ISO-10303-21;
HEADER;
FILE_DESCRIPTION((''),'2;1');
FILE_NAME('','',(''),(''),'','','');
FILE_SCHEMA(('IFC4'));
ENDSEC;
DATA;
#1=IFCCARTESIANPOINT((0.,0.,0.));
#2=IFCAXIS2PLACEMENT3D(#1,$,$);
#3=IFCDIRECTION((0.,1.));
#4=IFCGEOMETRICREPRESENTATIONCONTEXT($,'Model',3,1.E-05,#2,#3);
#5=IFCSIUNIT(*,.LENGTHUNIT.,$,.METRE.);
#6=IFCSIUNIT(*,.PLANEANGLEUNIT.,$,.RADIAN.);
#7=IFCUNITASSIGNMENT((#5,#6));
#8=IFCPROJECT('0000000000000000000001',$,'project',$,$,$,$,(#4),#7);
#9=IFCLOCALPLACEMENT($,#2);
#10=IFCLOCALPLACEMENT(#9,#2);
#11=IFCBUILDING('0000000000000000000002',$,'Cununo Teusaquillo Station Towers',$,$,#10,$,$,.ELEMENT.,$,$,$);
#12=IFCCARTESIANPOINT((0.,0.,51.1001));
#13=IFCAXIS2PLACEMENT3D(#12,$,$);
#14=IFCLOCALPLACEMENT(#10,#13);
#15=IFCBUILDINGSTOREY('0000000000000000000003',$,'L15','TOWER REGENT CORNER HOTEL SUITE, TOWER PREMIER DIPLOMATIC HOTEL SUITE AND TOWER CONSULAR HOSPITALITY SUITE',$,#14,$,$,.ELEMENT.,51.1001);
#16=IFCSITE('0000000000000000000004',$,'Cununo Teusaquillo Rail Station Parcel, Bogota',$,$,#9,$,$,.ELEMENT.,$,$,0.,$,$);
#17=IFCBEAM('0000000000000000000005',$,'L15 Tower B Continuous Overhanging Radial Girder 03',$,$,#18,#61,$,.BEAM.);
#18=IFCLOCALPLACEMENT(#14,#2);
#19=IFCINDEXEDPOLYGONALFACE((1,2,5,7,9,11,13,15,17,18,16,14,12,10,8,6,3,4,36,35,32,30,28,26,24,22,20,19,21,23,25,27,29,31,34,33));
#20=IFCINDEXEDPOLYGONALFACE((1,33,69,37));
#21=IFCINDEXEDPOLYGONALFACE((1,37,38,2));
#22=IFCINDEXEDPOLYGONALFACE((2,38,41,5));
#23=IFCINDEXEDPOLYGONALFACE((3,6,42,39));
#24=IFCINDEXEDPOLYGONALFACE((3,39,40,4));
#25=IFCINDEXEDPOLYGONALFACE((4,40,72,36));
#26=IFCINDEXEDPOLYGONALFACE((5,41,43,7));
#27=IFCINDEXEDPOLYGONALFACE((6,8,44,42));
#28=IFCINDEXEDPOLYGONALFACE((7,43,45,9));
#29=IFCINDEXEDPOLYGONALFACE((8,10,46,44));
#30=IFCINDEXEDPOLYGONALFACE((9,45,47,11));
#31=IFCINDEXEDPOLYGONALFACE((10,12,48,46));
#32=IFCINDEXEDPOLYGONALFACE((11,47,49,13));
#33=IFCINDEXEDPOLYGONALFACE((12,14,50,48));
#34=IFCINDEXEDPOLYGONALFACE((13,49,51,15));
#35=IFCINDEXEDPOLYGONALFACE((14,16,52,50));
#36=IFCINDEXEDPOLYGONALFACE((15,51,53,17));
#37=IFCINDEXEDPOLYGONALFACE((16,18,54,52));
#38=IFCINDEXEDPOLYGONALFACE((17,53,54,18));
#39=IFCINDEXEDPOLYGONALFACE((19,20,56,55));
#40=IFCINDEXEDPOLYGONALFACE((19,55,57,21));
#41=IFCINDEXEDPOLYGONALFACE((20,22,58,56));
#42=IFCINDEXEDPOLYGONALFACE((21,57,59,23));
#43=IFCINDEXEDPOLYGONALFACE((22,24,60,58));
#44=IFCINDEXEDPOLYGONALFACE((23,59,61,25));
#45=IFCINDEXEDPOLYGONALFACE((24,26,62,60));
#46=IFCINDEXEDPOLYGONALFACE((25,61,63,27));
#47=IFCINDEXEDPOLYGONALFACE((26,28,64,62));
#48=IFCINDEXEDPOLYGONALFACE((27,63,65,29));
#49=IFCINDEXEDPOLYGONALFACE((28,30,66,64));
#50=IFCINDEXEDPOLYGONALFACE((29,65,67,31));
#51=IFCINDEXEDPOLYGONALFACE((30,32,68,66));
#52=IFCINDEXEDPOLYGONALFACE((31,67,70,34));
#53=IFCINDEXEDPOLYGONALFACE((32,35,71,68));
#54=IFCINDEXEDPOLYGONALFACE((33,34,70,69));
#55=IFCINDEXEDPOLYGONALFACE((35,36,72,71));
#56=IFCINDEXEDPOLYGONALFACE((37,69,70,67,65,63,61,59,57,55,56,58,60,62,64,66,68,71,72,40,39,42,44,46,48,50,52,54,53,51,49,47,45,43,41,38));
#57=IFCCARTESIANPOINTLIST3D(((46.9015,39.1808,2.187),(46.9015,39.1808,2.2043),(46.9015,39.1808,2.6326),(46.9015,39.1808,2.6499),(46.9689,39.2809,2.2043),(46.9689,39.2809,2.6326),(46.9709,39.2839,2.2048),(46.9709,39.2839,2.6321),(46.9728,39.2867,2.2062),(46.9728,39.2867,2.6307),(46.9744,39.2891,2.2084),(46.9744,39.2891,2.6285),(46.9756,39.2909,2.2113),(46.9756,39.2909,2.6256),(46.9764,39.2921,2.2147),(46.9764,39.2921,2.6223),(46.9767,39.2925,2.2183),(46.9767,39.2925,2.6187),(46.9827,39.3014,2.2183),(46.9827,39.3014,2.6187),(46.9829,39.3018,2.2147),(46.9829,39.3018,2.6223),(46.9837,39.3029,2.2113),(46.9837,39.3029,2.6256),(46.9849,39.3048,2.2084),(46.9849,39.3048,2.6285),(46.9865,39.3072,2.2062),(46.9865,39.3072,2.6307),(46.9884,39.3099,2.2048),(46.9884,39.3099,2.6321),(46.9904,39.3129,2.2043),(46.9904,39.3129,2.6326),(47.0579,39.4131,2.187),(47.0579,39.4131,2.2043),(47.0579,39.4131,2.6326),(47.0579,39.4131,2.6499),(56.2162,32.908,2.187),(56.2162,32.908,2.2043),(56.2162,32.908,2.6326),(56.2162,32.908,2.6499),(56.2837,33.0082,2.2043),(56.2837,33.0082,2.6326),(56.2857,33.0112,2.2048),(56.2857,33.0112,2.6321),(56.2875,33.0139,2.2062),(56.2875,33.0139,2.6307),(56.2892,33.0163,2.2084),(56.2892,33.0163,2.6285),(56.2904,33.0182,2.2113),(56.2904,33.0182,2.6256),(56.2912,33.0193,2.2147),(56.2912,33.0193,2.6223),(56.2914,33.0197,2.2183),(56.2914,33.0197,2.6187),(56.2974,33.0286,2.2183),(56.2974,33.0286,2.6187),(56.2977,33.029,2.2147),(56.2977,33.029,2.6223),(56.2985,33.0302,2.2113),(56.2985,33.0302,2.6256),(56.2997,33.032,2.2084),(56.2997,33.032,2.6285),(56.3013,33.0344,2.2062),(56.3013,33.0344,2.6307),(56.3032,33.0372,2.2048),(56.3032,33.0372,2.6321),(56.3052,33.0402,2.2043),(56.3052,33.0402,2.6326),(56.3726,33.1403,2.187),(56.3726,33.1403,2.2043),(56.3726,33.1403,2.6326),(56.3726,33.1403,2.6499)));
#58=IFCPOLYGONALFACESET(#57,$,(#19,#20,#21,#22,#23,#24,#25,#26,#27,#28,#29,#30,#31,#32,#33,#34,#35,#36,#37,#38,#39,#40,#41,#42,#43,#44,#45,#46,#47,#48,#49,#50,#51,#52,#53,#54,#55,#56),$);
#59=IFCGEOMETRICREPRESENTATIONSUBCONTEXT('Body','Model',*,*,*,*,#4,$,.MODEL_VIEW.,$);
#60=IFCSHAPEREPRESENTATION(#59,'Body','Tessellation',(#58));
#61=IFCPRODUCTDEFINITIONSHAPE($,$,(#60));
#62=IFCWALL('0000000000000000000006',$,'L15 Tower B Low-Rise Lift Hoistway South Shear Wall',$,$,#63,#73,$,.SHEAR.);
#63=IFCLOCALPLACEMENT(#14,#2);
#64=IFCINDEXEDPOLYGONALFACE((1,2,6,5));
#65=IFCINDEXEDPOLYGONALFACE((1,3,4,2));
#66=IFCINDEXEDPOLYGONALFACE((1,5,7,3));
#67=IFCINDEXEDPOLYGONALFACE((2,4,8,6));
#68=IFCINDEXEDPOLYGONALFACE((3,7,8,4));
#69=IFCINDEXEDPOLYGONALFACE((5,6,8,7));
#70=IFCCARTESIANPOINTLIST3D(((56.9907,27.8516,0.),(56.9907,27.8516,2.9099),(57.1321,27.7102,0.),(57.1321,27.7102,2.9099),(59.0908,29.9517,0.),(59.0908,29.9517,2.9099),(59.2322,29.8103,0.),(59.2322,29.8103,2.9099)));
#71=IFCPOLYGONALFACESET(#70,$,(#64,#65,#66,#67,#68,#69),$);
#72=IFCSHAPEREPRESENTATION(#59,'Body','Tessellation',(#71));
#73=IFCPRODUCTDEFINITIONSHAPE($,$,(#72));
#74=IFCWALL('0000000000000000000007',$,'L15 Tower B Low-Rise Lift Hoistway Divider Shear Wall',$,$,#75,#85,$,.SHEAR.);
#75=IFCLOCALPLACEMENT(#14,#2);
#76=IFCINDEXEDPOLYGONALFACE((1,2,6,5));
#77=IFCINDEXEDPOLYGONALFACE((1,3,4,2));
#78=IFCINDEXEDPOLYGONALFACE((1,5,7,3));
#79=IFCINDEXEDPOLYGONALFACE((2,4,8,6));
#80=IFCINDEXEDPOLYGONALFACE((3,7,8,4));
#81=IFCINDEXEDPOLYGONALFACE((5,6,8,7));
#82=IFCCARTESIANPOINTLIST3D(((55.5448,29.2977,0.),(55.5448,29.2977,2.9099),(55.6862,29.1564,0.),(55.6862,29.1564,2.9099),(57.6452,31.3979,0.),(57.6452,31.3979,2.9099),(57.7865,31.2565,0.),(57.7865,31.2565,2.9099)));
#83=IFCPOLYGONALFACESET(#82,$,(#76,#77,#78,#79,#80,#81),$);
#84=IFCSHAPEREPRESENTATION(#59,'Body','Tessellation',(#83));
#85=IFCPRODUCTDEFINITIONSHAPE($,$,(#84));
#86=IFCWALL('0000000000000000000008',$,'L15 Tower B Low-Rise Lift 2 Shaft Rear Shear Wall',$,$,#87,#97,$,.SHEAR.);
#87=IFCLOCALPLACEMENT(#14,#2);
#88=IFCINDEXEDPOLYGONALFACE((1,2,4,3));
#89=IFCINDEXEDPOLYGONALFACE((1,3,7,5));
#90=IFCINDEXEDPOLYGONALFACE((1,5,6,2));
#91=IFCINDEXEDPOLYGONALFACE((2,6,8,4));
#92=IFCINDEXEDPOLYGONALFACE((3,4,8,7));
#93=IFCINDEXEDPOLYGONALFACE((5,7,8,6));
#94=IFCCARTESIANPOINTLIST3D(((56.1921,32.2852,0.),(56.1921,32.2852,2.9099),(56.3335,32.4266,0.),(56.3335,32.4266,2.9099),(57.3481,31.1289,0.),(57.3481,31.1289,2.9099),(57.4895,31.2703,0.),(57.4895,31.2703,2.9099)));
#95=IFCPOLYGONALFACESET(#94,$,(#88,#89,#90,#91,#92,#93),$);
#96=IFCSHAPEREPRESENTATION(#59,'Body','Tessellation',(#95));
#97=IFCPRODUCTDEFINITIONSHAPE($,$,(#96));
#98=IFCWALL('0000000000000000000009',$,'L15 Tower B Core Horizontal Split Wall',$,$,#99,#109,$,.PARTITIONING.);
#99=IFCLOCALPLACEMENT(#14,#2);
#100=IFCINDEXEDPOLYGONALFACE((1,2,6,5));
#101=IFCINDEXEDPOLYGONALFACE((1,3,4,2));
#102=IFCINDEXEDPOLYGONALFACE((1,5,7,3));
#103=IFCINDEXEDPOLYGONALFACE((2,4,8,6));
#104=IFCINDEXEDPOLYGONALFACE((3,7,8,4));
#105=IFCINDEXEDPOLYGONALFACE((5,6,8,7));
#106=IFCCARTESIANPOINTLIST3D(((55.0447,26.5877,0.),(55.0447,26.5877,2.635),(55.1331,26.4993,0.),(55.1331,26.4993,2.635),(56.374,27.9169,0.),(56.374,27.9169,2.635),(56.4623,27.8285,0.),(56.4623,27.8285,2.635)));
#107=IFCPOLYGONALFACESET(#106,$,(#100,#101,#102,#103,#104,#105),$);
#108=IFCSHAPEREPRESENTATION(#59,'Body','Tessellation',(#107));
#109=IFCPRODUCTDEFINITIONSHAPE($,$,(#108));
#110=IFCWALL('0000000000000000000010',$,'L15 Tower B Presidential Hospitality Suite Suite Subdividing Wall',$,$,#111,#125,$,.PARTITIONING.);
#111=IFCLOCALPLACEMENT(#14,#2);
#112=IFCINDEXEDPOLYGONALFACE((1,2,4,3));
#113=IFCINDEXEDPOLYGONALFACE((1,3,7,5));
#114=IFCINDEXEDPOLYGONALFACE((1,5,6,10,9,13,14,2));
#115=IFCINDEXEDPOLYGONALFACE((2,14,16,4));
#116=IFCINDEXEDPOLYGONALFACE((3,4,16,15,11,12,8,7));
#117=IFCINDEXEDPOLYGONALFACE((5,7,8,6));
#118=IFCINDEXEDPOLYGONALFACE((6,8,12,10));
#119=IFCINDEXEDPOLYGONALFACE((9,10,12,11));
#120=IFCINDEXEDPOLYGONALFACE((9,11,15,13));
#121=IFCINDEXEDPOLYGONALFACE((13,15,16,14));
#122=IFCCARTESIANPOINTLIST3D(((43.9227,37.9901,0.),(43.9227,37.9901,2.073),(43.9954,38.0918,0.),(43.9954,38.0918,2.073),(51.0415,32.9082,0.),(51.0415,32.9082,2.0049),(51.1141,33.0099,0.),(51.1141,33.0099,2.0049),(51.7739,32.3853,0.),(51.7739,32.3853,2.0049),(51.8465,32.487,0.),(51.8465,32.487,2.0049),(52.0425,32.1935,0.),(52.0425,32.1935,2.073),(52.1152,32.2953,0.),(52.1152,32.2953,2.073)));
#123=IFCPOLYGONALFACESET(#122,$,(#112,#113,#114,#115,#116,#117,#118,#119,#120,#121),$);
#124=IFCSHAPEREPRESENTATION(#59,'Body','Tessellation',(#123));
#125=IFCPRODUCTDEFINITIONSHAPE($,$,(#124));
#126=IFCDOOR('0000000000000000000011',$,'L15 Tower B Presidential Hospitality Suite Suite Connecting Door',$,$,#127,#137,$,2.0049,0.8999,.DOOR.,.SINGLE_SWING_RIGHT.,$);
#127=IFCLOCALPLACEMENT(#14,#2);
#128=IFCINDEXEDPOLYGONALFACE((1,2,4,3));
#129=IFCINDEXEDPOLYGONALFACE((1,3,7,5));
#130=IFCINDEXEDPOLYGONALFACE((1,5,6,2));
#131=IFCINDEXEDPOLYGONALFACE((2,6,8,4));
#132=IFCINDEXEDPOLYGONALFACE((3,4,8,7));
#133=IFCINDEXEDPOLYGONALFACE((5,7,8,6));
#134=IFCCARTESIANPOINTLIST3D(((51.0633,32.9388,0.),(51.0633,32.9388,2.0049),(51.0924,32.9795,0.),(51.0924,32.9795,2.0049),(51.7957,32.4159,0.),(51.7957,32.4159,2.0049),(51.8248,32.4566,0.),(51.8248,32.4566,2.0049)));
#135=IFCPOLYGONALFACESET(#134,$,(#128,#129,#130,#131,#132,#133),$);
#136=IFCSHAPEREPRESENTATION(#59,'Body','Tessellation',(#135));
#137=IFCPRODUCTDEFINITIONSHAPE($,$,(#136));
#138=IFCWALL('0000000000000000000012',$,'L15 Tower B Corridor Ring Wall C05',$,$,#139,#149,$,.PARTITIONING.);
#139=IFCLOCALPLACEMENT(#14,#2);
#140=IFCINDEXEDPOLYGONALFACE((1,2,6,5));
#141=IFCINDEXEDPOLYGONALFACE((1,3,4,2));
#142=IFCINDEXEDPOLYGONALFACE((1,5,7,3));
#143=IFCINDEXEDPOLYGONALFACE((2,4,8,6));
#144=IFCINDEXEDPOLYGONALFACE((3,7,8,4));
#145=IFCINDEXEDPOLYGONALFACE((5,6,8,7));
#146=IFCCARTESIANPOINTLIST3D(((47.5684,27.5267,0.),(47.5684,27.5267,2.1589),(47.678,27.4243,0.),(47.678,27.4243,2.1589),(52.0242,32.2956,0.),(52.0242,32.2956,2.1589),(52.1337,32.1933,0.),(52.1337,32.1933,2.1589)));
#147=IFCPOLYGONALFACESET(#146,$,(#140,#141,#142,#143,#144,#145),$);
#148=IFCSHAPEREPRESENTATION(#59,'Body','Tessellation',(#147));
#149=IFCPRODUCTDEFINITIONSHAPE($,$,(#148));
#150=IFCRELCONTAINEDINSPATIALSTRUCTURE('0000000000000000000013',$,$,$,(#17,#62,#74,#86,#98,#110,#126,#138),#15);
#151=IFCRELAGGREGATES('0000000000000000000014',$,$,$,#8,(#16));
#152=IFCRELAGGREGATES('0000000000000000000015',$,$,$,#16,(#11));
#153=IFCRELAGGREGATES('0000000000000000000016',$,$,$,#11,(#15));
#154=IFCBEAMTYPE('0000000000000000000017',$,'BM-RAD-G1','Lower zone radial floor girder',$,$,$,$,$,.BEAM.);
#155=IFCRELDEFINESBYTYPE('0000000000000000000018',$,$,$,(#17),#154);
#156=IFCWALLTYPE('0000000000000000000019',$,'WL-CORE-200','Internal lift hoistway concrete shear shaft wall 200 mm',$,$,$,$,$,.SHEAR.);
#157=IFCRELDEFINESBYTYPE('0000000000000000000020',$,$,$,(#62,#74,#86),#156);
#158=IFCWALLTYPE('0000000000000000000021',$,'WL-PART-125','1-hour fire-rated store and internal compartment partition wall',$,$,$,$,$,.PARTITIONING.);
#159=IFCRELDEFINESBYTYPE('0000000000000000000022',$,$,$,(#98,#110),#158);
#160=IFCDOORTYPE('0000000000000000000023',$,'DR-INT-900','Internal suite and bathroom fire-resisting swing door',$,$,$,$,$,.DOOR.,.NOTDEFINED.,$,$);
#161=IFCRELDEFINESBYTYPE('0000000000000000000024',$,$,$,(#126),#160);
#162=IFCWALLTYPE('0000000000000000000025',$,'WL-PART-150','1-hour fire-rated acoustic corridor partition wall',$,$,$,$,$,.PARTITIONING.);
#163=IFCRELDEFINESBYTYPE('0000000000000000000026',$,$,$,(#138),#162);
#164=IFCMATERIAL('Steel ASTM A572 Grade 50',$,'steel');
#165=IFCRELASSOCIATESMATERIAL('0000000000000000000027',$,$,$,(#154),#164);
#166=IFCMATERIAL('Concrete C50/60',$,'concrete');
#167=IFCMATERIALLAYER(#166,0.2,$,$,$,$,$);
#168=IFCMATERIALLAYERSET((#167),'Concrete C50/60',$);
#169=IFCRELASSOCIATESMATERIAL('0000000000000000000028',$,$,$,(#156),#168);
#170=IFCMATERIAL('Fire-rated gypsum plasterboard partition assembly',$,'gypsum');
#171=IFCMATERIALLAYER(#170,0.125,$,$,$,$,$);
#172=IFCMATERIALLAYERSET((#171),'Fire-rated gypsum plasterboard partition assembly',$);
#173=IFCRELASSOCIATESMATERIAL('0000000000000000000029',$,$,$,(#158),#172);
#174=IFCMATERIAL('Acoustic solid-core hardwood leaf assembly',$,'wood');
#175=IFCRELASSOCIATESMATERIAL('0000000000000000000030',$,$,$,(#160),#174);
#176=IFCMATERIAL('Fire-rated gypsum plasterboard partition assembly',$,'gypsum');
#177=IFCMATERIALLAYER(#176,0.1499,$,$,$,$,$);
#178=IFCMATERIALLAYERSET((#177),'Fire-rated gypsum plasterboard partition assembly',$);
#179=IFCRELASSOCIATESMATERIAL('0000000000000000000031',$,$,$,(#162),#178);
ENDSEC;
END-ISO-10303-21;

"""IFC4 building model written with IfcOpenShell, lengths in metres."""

from ifc_helpers import new_model, si_unit, direction, frame, frame_2d, origin, origin_2d, place, context, subcontext, project, spatial, rectangle, i_section, extrude, source, transform, mapped, material, layer, layer_set, material_profile, profile_set, type_object, element, fill, save


model = new_model("IFC4")

# Units and contexts
model_context = context("Model", 3, precision=1e-05, world=origin(), true_north=direction((0.0, 1.0)))
body_context = subcontext(model_context, "Body", "Model", "MODEL_VIEW")
ifc_project = project(units=[si_unit("LENGTHUNIT", "METRE"), si_unit("PLANEANGLEUNIT", "RADIAN")], contexts=[model_context])

# Site, building, storey
site_placement = place(None, origin())
site = spatial("IfcSite", under=ifc_project, at=site_placement, Name="Cununo Teusaquillo Rail Station Parcel, Bogota", CompositionType="ELEMENT", RefElevation=0.0)
building_placement = place(site_placement, origin())
building = spatial("IfcBuilding", under=site, at=building_placement, Name="Cununo Teusaquillo Station Towers", CompositionType="ELEMENT")
storey_placement = place(building_placement, frame((0.0, 0.0, 51.1001)))
storey = spatial("IfcBuildingStorey", under=building, at=storey_placement, Name="L15", Description="TOWER REGENT CORNER HOTEL SUITE, TOWER PREMIER DIPLOMATIC HOTEL SUITE AND TOWER CONSULAR HOSPITALITY SUITE", CompositionType="ELEMENT", Elevation=51.1001)

# Beam
ifc_material_1 = material(Name="Steel ASTM A572 Grade 50", Category="steel")
ifc_material_profile_1 = material_profile(ifc_material_1, i_section(OverallWidth=0.28, OverallDepth=0.4629, WebThickness=0.0107, FlangeThickness=0.0173, FilletRadius=0.0139, at=origin_2d()), Name="W18X76")
ifc_profile_set_1 = profile_set([ifc_material_profile_1], Name="Steel ASTM A572 Grade 50")
beam_type_1 = type_object("IfcBeamType", Name="BM-RAD-G1", Description="Lower zone radial floor girder", PredefinedType="BEAM", material=ifc_profile_set_1)
beam_1_placement = place(storey_placement, frame((56.2944, 33.0242, 2.4185), z_axis=(-0.829456, 0.558572, 0.0), x_axis=(-0.558572, -0.829456, 0.0)))
element("IfcBeam", 1, at=beam_1_placement, inside=storey, type_object=beam_type_1, Name="L15 Tower B Continuous Overhanging Radial Girder 03", PredefinedType="BEAM", context=body_context, shape_type="SweptSolid", body=[
    extrude(i_section(OverallWidth=0.28, OverallDepth=0.4629, WebThickness=0.0107, FlangeThickness=0.0173, FilletRadius=0.0139, at=origin_2d()), origin(), (0.0, 0.0, 1.0), 11.23),
])

# Walls
ifc_material_2 = material(Name="Concrete C50/60", Category="concrete")
ifc_layer_1 = layer(ifc_material_2, 0.2)
ifc_layer_set_1 = layer_set([ifc_layer_1], Name="Concrete C50/60")
wall_type_1 = type_object("IfcWallType", Name="WL-CORE-200", Description="Internal lift hoistway concrete shear shaft wall 200 mm", PredefinedType="SHEAR", material=ifc_layer_set_1)
wall_1_placement = place(storey_placement, frame((57.0615, 27.781, 0.0), z_axis=(0.0, 0.0, 1.0), x_axis=(0.707107, 0.707107, 0.0)))
element("IfcWall", 2, at=wall_1_placement, inside=storey, type_object=wall_type_1, Name="L15 Tower B Low-Rise Lift Hoistway South Shear Wall", PredefinedType="SHEAR", context=body_context, shape_type="SweptSolid", body=[
    extrude(rectangle(XDim=2.97, YDim=0.2, at=frame_2d((1.4849, 0.0))), origin(), (0.0, 0.0, 1.0), 2.9099),
])
wall_2_placement = place(storey_placement, frame((55.6155, 29.2271, 0.0), z_axis=(0.0, 0.0, 1.0), x_axis=(0.707148, 0.707066, 0.0)))
element("IfcWall", 3, at=wall_2_placement, inside=storey, type_object=wall_type_1, Name="L15 Tower B Low-Rise Lift Hoistway Divider Shear Wall", PredefinedType="SHEAR", context=body_context, shape_type="SweptSolid", body=[
    extrude(rectangle(XDim=2.9702, YDim=0.2, at=frame_2d((1.4851, 0.0))), origin(), (0.0, 0.0, 1.0), 2.9099),
])
wall_3_placement = place(storey_placement, frame((57.4187, 31.1997, 0.0), z_axis=(0.0, 0.0, 1.0), x_axis=(-0.707032, 0.707181, 0.0)))
element("IfcWall", 4, at=wall_3_placement, inside=storey, type_object=wall_type_1, Name="L15 Tower B Low-Rise Lift 2 Shaft Rear Shear Wall", PredefinedType="SHEAR", context=body_context, shape_type="SweptSolid", body=[
    extrude(rectangle(XDim=1.635, YDim=0.2, at=frame_2d((0.8174, 0.0))), origin(), (0.0, 0.0, 1.0), 2.9099),
])
ifc_material_3 = material(Name="Fire-rated gypsum plasterboard partition assembly", Category="gypsum")
ifc_layer_2 = layer(ifc_material_3, 0.125)
ifc_layer_set_2 = layer_set([ifc_layer_2], Name="Fire-rated gypsum plasterboard partition assembly")
wall_type_2 = type_object("IfcWallType", Name="WL-PART-125", Description="1-hour fire-rated store and internal compartment partition wall", PredefinedType="PARTITIONING", material=ifc_layer_set_2)
wall_4_placement = place(storey_placement, frame((55.0889, 26.5435, 0.0), z_axis=(0.0, 0.0, 1.0), x_axis=(0.707107, 0.707107, 0.0)))
element("IfcWall", 5, at=wall_4_placement, inside=storey, type_object=wall_type_2, Name="L15 Tower B Core Horizontal Split Wall", PredefinedType="PARTITIONING", context=body_context, shape_type="SweptSolid", body=[
    extrude(rectangle(XDim=1.8799, YDim=0.125, at=frame_2d((0.9399, 0.0))), origin(), (0.0, 0.0, 1.0), 2.635),
])

# Wall, opening, door
wall_5_placement = place(storey_placement, frame((52.0789, 32.2444, 0.0), z_axis=(0.0, 0.0, 1.0), x_axis=(-0.813889, 0.581021, 0.0)))
wall_5 = element("IfcWall", 6, at=wall_5_placement, inside=storey, type_object=wall_type_2, Name="L15 Tower B Presidential Hospitality Suite Suite Subdividing Wall", PredefinedType="PARTITIONING", context=body_context, shape_type="SweptSolid", body=[
    extrude(rectangle(XDim=9.9766, YDim=0.125, at=frame_2d((4.9883, 0.0))), origin(), (0.0, 0.0, 1.0), 2.073),
])
shared_shape_1 = source(origin(), body_context, "Body", "SweptSolid", [
    extrude(rectangle(XDim=0.8999, YDim=2.0049, at=frame_2d((0.45, 1.0024))), frame((0.0, 0.0725, 0.0), z_axis=(0.0, -1.0, 0.0), x_axis=(1.0, 0.0, 0.0)), (0.0, 0.0, 1.0), 0.145),
])
opening_1_placement = place(wall_5_placement, frame((0.3301, 0.0, 0.0)))
opening_1 = element("IfcOpeningElement", 7, at=opening_1_placement, cuts=wall_5, PredefinedType="OPENING", context=body_context, shape_type="MappedRepresentation", body=[
    mapped(shared_shape_1, transform((0.0, 0.0, 0.0), x_axis=(1.0, 0.0, 0.0), y_axis=(0.0, 1.0, 0.0), z_axis=(0.0, 0.0, 1.0), scale=1.0)),
])
ifc_material_4 = material(Name="Acoustic solid-core hardwood leaf assembly", Category="wood")
door_type_1 = type_object("IfcDoorType", Name="DR-INT-900", Description="Internal suite and bathroom fire-resisting swing door", OperationType="NOTDEFINED", PredefinedType="DOOR", material=ifc_material_4)
shared_shape_2 = source(origin(), body_context, "Body", "SweptSolid", [
    extrude(rectangle(XDim=0.8999, YDim=2.0049, at=frame_2d((0.45, 1.0024))), frame((0.0, 0.0249, 0.0), z_axis=(0.0, -1.0, 0.0), x_axis=(1.0, 0.0, 0.0)), (0.0, 0.0, 1.0), 0.05),
])
door_1_placement = place(opening_1_placement, origin())
door_1 = element("IfcDoor", 8, at=door_1_placement, inside=storey, type_object=door_type_1, Name="L15 Tower B Presidential Hospitality Suite Suite Connecting Door", OperationType="SINGLE_SWING_RIGHT", OverallHeight=2.0049, OverallWidth=0.8999, PredefinedType="DOOR", context=body_context, shape_type="MappedRepresentation", body=[
    mapped(shared_shape_2, transform((0.0, 0.0, 0.0), x_axis=(1.0, 0.0, 0.0), y_axis=(0.0, 1.0, 0.0), z_axis=(0.0, 0.0, 1.0), scale=1.0)),
])
fill(opening_1, door_1)

# Wall
ifc_material_5 = material(Name="Fire-rated gypsum plasterboard partition assembly", Category="gypsum")
ifc_layer_3 = layer(ifc_material_5, 0.1499)
ifc_layer_set_3 = layer_set([ifc_layer_3], Name="Fire-rated gypsum plasterboard partition assembly")
wall_type_3 = type_object("IfcWallType", Name="WL-PART-150", Description="1-hour fire-rated acoustic corridor partition wall", PredefinedType="PARTITIONING", material=ifc_layer_set_3)
wall_6_placement = place(storey_placement, frame((52.0789, 32.2444, 0.0), z_axis=(0.0, 0.0, 1.0), x_axis=(-0.682703, -0.730696, 0.0)))
element("IfcWall", 9, at=wall_6_placement, inside=storey, type_object=wall_type_3, Name="L15 Tower B Corridor Ring Wall C05", PredefinedType="PARTITIONING", context=body_context, shape_type="SweptSolid", body=[
    extrude(rectangle(XDim=6.5266, YDim=0.1499, at=frame_2d((3.2632, 0.0))), origin(), (0.0, 0.0, 1.0), 2.1589),
])

save(model, "model.ifc")
